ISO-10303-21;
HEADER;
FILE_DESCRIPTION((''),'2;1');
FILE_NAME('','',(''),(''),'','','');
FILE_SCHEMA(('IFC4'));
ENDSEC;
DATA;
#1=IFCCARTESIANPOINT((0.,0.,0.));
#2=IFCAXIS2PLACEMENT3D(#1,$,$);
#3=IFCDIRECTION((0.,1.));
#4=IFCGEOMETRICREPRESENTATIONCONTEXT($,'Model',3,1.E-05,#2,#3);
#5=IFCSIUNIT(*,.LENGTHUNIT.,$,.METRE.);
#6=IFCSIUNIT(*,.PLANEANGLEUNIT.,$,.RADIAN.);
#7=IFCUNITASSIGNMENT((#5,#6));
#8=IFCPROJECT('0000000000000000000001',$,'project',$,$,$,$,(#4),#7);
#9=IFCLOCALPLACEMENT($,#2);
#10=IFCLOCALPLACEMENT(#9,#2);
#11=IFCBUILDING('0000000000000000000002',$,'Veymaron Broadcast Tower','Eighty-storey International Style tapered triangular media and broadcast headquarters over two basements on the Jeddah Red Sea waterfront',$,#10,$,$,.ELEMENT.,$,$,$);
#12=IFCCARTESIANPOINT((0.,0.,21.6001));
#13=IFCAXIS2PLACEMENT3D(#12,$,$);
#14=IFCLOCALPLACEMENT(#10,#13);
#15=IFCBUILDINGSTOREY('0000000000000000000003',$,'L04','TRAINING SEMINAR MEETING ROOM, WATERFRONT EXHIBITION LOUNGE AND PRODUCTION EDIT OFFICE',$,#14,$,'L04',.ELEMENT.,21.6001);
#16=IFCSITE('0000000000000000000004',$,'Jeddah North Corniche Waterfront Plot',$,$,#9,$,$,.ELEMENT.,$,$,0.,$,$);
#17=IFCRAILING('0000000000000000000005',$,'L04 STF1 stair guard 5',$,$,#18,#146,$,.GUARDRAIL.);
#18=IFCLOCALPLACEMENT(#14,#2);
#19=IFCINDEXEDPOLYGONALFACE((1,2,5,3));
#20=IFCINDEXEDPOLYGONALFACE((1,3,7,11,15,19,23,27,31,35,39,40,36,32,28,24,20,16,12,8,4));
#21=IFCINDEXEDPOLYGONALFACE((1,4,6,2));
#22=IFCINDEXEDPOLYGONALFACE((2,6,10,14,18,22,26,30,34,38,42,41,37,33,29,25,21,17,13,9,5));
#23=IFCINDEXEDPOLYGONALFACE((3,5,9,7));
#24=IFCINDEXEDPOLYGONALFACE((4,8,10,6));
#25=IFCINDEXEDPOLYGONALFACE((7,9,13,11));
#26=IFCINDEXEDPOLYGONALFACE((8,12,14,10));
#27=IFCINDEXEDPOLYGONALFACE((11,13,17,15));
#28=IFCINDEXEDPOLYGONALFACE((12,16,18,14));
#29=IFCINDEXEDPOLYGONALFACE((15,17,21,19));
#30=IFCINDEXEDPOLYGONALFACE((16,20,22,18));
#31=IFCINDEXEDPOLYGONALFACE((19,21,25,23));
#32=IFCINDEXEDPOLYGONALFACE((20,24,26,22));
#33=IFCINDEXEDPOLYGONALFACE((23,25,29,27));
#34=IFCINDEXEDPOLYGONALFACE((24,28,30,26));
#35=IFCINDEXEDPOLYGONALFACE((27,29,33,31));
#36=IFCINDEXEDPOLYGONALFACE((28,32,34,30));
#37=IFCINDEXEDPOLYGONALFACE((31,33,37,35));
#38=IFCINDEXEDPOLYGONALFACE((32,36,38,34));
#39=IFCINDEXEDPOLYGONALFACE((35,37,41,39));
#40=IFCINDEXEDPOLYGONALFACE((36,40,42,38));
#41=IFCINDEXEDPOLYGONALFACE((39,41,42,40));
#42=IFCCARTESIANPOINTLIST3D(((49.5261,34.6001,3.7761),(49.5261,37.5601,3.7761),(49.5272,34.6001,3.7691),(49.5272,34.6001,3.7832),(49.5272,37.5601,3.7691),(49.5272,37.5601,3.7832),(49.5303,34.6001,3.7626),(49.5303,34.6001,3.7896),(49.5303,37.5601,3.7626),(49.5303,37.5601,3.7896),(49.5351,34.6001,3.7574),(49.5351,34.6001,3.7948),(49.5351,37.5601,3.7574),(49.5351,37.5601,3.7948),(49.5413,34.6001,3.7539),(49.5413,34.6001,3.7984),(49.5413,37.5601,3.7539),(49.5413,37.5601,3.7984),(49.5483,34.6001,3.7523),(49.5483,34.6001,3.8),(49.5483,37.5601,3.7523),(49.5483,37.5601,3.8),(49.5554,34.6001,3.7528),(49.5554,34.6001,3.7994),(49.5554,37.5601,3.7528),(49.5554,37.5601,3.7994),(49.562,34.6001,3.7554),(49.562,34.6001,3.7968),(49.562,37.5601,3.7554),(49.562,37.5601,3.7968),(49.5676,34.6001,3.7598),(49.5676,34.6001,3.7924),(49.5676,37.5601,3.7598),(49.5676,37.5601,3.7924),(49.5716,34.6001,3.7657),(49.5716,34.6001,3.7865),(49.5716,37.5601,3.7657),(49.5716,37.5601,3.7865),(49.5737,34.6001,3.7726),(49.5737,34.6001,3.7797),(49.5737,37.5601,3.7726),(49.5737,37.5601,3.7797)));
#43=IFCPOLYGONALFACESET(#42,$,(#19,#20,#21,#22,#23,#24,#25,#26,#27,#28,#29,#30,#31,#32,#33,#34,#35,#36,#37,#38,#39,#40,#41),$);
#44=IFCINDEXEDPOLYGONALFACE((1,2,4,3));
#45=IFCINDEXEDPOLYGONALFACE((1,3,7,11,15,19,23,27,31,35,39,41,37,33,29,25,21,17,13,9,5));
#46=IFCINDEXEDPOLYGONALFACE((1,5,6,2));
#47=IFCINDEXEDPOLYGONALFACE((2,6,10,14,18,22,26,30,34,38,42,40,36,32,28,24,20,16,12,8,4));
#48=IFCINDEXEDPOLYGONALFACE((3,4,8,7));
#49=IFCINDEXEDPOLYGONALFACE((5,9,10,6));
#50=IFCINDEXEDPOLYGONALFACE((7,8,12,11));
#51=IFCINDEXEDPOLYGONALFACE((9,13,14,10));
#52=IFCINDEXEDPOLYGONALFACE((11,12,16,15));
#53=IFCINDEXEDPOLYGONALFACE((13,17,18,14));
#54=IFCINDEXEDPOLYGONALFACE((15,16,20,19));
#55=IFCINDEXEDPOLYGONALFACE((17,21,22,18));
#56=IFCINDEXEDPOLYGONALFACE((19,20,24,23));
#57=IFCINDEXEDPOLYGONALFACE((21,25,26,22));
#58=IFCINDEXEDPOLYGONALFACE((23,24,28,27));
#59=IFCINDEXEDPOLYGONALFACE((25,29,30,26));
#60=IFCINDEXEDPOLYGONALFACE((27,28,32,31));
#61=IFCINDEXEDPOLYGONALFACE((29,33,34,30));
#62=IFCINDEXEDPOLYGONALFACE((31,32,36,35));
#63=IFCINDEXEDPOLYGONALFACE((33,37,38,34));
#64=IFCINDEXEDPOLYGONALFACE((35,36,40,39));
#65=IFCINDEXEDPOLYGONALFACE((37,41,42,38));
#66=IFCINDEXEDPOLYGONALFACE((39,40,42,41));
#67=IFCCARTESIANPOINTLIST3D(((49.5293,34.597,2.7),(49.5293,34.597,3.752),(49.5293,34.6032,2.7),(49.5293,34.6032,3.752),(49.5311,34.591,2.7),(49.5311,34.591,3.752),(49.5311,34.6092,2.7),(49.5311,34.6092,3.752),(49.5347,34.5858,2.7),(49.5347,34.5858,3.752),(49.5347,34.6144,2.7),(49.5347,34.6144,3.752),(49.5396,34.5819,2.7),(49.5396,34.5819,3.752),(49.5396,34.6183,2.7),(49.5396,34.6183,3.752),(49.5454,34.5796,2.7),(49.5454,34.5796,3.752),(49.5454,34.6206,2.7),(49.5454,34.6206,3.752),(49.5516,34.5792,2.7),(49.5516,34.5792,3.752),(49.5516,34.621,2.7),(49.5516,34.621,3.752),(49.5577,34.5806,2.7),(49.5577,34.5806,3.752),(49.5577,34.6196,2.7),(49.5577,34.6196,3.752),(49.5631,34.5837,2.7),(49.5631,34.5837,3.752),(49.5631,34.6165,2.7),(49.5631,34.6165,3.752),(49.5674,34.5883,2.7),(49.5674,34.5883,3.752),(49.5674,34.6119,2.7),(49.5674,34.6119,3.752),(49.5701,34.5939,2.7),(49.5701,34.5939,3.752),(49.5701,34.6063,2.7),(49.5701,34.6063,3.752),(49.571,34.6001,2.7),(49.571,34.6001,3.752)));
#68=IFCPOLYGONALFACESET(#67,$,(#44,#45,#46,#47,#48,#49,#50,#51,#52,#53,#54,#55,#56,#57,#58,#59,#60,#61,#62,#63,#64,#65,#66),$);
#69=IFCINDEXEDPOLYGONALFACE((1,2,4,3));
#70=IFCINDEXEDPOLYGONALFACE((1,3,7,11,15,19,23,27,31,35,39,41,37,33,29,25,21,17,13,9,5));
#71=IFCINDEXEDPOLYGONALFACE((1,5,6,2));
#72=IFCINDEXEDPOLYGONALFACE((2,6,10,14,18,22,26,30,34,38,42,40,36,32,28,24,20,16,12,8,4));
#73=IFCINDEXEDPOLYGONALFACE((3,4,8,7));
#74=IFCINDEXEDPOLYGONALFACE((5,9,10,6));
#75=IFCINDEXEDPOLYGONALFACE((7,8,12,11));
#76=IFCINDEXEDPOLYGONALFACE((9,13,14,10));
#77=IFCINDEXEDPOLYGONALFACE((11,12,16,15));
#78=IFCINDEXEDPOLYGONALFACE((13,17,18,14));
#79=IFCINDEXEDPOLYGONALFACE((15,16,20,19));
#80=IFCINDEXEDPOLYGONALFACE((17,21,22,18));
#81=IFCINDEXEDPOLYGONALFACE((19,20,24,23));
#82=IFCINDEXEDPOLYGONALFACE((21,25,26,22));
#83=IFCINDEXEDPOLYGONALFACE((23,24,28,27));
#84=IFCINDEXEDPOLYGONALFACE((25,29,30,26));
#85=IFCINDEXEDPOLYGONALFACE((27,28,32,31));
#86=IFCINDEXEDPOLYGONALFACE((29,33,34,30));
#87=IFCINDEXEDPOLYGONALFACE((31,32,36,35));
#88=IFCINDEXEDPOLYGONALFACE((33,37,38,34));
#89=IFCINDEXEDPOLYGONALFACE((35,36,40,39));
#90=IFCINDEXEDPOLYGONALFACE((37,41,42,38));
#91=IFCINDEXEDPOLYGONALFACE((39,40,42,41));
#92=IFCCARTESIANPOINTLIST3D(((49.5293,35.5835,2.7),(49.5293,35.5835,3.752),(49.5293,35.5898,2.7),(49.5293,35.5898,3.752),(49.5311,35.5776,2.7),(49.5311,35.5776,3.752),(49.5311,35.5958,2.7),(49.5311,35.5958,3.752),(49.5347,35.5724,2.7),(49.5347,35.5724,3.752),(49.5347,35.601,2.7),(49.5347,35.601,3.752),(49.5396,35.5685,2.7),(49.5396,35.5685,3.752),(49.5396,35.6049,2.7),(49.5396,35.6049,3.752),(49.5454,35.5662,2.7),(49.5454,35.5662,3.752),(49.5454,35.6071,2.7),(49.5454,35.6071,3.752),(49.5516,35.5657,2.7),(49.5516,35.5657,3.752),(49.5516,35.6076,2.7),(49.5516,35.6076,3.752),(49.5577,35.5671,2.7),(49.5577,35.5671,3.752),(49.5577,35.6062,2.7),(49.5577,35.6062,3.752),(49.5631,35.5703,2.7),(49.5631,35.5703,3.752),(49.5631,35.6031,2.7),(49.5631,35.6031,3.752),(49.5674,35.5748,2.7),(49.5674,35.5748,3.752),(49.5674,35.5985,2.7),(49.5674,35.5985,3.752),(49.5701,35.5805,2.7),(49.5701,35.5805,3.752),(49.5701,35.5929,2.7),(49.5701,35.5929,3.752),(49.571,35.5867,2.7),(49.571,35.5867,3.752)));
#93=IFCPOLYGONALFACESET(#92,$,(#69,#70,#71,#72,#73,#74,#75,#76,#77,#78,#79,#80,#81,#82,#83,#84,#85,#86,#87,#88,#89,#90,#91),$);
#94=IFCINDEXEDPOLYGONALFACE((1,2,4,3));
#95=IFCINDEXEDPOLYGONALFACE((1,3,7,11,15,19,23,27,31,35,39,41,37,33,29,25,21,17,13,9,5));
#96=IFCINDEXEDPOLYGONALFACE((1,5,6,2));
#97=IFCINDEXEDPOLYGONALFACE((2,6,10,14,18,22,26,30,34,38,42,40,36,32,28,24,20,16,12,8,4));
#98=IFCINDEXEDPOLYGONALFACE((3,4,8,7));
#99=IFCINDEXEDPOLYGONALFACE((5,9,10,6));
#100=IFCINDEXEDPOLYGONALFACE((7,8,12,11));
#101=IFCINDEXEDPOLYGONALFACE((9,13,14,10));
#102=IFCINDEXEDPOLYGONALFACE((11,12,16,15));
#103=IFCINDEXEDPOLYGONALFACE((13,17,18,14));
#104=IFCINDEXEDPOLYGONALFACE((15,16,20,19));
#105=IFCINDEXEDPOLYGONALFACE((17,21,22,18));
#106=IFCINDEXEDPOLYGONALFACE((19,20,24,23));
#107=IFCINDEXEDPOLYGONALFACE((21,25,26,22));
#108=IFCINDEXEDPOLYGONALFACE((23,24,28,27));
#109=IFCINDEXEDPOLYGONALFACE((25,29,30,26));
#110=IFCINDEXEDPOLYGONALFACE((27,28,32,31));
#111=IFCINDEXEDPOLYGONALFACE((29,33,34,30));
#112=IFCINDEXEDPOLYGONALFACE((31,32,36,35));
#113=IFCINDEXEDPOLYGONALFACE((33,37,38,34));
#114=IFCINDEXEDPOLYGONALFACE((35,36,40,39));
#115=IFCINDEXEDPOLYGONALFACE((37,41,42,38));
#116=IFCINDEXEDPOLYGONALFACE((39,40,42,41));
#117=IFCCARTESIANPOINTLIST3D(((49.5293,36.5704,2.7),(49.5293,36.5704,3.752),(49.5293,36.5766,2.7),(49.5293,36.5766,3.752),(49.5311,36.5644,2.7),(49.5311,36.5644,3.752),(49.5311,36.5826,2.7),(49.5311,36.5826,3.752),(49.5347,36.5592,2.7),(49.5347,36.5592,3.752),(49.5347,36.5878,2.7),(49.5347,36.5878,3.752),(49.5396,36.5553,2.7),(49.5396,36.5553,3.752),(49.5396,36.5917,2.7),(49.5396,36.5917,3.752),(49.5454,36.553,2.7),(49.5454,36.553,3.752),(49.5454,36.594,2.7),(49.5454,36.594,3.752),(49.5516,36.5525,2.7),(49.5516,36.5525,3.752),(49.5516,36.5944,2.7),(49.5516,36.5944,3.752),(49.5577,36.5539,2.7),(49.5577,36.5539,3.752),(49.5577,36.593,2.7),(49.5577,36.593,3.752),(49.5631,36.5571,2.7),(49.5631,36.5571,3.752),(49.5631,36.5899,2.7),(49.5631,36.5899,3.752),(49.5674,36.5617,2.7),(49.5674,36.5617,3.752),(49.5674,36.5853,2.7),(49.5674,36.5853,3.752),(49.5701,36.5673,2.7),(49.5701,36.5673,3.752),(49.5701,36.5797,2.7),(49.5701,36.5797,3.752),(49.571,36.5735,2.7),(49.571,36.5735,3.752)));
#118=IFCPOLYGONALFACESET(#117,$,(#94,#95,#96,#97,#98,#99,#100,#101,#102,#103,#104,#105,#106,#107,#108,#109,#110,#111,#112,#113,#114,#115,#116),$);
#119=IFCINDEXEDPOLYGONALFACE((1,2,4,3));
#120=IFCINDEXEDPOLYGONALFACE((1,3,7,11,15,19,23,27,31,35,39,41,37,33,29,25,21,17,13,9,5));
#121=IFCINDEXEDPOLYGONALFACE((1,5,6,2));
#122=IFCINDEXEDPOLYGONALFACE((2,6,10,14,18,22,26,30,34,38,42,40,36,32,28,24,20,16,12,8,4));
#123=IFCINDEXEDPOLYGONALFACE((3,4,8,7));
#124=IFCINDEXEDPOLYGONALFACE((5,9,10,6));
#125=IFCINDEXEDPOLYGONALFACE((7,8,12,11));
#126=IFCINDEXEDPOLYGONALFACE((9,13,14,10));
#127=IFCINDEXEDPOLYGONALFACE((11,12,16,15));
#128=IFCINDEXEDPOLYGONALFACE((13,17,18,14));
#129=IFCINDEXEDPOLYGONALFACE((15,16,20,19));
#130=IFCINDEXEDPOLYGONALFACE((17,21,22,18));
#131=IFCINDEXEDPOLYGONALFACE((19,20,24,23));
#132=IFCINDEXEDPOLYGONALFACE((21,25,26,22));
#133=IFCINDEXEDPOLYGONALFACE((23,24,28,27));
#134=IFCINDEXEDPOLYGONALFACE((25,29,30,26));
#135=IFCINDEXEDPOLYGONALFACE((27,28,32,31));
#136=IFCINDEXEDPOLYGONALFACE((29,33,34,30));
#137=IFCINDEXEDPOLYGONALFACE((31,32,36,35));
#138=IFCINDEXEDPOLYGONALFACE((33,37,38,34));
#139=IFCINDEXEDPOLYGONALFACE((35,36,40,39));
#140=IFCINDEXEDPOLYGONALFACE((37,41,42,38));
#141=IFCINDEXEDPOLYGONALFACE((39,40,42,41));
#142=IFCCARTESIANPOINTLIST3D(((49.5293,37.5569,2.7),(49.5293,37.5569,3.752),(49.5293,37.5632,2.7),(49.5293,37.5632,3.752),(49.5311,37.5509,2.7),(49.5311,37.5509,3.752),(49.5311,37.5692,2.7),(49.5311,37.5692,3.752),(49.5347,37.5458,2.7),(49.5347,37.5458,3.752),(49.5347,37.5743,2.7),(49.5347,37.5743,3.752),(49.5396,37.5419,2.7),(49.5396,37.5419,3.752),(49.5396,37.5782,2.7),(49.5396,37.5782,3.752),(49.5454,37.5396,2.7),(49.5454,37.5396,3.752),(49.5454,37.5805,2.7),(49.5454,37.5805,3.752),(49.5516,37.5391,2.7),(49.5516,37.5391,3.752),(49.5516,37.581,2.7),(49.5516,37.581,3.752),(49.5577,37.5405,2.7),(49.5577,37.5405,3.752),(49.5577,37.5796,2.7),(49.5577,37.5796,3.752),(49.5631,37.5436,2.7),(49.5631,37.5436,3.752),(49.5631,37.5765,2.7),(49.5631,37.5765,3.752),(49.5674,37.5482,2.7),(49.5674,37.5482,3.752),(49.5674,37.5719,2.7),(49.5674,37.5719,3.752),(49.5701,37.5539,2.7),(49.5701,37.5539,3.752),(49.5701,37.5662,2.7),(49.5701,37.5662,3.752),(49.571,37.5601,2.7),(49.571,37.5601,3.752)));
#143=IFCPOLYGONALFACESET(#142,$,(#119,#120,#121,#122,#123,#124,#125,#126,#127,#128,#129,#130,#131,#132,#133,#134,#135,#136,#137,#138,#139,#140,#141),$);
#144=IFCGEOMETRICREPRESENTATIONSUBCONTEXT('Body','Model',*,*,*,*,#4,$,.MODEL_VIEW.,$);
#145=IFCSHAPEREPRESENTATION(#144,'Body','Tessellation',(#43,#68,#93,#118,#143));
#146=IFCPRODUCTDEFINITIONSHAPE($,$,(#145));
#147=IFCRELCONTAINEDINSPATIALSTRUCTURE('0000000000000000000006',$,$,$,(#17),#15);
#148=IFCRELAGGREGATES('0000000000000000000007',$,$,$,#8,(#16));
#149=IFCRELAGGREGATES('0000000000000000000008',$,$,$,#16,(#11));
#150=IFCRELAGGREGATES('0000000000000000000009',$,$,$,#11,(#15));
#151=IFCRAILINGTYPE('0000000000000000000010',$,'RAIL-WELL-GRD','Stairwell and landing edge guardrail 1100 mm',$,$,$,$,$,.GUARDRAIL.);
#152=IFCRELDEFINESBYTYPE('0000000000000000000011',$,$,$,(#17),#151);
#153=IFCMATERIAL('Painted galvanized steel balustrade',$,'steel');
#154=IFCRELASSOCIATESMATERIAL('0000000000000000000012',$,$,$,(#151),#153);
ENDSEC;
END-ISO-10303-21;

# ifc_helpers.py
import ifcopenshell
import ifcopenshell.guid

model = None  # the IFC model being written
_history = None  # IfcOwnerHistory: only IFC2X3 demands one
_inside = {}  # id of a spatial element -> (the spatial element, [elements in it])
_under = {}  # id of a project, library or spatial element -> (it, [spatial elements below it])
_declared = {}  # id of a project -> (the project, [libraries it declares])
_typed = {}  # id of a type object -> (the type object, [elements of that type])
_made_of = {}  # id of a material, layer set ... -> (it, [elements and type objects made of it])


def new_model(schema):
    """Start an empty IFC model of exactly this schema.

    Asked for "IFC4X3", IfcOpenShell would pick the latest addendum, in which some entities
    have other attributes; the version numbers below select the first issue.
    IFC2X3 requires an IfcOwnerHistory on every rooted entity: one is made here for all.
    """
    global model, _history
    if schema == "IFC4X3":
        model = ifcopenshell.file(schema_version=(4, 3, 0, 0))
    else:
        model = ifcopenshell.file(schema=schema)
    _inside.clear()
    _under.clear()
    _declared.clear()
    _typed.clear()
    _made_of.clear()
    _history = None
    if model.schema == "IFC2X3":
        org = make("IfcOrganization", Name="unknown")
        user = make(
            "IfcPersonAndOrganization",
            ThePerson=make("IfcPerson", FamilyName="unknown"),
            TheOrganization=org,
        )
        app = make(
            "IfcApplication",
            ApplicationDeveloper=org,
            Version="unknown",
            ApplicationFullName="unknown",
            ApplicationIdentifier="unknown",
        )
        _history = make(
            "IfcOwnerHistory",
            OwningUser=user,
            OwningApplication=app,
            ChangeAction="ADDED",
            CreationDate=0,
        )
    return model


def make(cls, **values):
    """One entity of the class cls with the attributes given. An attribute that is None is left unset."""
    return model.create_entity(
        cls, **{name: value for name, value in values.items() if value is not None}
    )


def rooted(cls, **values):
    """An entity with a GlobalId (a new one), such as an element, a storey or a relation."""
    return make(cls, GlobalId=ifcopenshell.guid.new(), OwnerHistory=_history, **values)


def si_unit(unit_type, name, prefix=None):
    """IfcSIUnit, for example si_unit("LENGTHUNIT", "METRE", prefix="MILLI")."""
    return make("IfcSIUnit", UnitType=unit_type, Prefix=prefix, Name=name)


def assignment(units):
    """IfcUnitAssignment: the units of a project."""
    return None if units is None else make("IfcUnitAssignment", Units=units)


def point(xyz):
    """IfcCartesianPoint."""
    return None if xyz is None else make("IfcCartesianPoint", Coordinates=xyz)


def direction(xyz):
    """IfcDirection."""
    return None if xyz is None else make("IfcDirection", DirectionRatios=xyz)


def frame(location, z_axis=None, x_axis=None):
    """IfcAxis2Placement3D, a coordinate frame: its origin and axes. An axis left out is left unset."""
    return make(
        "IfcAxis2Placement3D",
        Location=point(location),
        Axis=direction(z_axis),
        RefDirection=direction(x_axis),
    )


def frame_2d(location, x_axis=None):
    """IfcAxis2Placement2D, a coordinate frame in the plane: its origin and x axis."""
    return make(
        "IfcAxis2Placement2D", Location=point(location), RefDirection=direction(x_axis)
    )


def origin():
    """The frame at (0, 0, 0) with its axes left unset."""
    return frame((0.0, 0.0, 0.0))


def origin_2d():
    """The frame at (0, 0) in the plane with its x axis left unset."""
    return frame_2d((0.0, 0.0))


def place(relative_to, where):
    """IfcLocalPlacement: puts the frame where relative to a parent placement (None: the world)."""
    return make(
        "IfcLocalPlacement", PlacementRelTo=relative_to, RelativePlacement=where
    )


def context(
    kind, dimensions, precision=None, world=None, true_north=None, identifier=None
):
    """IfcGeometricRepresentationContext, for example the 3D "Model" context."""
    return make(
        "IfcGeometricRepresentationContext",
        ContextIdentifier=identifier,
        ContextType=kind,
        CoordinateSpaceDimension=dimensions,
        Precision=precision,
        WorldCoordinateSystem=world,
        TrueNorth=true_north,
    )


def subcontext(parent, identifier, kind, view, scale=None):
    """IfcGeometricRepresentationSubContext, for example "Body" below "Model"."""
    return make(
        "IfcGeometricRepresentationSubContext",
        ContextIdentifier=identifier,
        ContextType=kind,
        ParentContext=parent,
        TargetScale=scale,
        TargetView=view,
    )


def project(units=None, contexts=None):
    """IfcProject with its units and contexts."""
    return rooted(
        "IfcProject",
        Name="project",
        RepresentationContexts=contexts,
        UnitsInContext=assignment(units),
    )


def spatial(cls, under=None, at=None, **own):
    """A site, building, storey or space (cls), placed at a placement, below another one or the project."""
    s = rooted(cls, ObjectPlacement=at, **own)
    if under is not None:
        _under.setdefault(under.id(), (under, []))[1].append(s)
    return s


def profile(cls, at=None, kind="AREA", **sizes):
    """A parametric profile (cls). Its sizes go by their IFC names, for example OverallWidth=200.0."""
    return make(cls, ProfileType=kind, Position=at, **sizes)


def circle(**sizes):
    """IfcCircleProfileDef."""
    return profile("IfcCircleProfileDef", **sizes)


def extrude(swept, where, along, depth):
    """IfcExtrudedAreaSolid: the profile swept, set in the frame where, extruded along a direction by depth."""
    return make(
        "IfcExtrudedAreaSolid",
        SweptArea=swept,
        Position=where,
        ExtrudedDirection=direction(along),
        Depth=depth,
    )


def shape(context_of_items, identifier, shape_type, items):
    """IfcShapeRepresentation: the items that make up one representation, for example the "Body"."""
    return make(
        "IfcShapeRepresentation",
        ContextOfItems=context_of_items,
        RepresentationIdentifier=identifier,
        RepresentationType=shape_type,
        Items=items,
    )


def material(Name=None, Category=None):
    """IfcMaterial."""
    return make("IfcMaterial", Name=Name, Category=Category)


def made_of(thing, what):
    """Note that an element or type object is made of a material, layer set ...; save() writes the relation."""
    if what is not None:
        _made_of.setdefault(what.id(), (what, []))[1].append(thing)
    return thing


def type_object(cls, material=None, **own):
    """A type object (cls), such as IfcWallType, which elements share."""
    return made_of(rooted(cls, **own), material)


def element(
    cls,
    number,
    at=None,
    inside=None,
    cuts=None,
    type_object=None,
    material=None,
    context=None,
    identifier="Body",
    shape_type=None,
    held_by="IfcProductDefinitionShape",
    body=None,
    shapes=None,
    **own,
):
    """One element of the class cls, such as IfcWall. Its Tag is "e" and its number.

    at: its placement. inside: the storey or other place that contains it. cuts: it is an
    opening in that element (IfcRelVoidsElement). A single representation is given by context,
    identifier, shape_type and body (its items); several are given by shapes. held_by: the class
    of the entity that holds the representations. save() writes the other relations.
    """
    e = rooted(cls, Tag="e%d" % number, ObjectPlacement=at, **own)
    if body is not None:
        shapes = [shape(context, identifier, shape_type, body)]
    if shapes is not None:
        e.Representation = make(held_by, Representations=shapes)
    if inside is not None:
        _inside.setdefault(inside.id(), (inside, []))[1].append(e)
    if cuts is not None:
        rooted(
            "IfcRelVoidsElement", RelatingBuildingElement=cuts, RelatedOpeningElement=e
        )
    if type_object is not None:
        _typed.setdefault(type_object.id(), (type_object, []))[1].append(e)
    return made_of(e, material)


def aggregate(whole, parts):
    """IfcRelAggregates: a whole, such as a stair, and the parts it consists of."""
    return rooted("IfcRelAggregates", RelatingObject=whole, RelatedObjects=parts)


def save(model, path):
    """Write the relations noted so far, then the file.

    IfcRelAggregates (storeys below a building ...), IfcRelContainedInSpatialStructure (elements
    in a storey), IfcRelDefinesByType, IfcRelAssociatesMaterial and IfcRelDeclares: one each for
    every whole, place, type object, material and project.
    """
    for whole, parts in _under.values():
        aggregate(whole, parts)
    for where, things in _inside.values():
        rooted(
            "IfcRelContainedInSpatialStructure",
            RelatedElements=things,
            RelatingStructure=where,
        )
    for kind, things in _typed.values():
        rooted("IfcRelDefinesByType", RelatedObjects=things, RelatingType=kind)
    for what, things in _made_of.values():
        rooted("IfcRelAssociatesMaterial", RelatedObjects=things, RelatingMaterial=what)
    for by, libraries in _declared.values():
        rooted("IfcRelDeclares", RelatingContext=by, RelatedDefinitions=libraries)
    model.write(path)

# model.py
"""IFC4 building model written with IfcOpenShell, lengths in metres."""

from ifc_helpers import new_model, si_unit, direction, frame, origin, origin_2d, place, context, subcontext, project, spatial, circle, extrude, material, type_object, element, save


model = new_model("IFC4")

# Units and contexts
model_context = context("Model", 3, precision=1e-05, world=origin(), true_north=direction((0.0, 1.0)))
body_context = subcontext(model_context, "Body", "Model", "MODEL_VIEW")
ifc_project = project(units=[si_unit("LENGTHUNIT", "METRE"), si_unit("PLANEANGLEUNIT", "RADIAN")], contexts=[model_context])

# Site, building, storey
site_placement = place(None, origin())
site = spatial("IfcSite", under=ifc_project, at=site_placement, Name="Jeddah North Corniche Waterfront Plot", CompositionType="ELEMENT", RefElevation=0.0)
building_placement = place(site_placement, origin())
building = spatial("IfcBuilding", under=site, at=building_placement, Name="Veymaron Broadcast Tower", Description="Eighty-storey International Style tapered triangular media and broadcast headquarters over two basements on the Jeddah Red Sea waterfront", CompositionType="ELEMENT")
storey_placement = place(building_placement, frame((0.0, 0.0, 21.6001)))
storey = spatial("IfcBuildingStorey", under=building, at=storey_placement, Name="L04", Description="TRAINING SEMINAR MEETING ROOM, WATERFRONT EXHIBITION LOUNGE AND PRODUCTION EDIT OFFICE", LongName="L04", CompositionType="ELEMENT", Elevation=21.6001)

# Railing
ifc_material_1 = material(Name="Painted galvanized steel balustrade", Category="steel")
railing_type = type_object("IfcRailingType", Name="RAIL-WELL-GRD", Description="Stairwell and landing edge guardrail 1100 mm", PredefinedType="GUARDRAIL", material=ifc_material_1)
railing_1_placement = place(storey_placement, frame((49.55, 34.6001, 2.7)))
element("IfcRailing", 1, at=railing_1_placement, inside=storey, type_object=railing_type, Name="L04 STF1 stair guard 5", PredefinedType="GUARDRAIL", context=body_context, shape_type="SweptSolid", body=[
    extrude(circle(Radius=0.0239, at=origin_2d()), frame((0.0, 0.0, 1.0762), z_axis=(0.0, 1.0, 0.0), x_axis=(-1.0, 0.0, 0.0)), (0.0, 0.0, 1.0), 2.96),
    extrude(circle(Radius=0.021, at=origin_2d()), origin(), (0.0, 0.0, 1.0), 1.052),
    extrude(circle(Radius=0.021, at=origin_2d()), frame((0.0, 0.9866, 0.0)), (0.0, 0.0, 1.0), 1.052),
    extrude(circle(Radius=0.021, at=origin_2d()), frame((0.0, 1.9734, 0.0)), (0.0, 0.0, 1.0), 1.052),
    extrude(circle(Radius=0.021, at=origin_2d()), frame((0.0, 2.96, 0.0)), (0.0, 0.0, 1.0), 1.052),
])

save(model, "model.ifc")
